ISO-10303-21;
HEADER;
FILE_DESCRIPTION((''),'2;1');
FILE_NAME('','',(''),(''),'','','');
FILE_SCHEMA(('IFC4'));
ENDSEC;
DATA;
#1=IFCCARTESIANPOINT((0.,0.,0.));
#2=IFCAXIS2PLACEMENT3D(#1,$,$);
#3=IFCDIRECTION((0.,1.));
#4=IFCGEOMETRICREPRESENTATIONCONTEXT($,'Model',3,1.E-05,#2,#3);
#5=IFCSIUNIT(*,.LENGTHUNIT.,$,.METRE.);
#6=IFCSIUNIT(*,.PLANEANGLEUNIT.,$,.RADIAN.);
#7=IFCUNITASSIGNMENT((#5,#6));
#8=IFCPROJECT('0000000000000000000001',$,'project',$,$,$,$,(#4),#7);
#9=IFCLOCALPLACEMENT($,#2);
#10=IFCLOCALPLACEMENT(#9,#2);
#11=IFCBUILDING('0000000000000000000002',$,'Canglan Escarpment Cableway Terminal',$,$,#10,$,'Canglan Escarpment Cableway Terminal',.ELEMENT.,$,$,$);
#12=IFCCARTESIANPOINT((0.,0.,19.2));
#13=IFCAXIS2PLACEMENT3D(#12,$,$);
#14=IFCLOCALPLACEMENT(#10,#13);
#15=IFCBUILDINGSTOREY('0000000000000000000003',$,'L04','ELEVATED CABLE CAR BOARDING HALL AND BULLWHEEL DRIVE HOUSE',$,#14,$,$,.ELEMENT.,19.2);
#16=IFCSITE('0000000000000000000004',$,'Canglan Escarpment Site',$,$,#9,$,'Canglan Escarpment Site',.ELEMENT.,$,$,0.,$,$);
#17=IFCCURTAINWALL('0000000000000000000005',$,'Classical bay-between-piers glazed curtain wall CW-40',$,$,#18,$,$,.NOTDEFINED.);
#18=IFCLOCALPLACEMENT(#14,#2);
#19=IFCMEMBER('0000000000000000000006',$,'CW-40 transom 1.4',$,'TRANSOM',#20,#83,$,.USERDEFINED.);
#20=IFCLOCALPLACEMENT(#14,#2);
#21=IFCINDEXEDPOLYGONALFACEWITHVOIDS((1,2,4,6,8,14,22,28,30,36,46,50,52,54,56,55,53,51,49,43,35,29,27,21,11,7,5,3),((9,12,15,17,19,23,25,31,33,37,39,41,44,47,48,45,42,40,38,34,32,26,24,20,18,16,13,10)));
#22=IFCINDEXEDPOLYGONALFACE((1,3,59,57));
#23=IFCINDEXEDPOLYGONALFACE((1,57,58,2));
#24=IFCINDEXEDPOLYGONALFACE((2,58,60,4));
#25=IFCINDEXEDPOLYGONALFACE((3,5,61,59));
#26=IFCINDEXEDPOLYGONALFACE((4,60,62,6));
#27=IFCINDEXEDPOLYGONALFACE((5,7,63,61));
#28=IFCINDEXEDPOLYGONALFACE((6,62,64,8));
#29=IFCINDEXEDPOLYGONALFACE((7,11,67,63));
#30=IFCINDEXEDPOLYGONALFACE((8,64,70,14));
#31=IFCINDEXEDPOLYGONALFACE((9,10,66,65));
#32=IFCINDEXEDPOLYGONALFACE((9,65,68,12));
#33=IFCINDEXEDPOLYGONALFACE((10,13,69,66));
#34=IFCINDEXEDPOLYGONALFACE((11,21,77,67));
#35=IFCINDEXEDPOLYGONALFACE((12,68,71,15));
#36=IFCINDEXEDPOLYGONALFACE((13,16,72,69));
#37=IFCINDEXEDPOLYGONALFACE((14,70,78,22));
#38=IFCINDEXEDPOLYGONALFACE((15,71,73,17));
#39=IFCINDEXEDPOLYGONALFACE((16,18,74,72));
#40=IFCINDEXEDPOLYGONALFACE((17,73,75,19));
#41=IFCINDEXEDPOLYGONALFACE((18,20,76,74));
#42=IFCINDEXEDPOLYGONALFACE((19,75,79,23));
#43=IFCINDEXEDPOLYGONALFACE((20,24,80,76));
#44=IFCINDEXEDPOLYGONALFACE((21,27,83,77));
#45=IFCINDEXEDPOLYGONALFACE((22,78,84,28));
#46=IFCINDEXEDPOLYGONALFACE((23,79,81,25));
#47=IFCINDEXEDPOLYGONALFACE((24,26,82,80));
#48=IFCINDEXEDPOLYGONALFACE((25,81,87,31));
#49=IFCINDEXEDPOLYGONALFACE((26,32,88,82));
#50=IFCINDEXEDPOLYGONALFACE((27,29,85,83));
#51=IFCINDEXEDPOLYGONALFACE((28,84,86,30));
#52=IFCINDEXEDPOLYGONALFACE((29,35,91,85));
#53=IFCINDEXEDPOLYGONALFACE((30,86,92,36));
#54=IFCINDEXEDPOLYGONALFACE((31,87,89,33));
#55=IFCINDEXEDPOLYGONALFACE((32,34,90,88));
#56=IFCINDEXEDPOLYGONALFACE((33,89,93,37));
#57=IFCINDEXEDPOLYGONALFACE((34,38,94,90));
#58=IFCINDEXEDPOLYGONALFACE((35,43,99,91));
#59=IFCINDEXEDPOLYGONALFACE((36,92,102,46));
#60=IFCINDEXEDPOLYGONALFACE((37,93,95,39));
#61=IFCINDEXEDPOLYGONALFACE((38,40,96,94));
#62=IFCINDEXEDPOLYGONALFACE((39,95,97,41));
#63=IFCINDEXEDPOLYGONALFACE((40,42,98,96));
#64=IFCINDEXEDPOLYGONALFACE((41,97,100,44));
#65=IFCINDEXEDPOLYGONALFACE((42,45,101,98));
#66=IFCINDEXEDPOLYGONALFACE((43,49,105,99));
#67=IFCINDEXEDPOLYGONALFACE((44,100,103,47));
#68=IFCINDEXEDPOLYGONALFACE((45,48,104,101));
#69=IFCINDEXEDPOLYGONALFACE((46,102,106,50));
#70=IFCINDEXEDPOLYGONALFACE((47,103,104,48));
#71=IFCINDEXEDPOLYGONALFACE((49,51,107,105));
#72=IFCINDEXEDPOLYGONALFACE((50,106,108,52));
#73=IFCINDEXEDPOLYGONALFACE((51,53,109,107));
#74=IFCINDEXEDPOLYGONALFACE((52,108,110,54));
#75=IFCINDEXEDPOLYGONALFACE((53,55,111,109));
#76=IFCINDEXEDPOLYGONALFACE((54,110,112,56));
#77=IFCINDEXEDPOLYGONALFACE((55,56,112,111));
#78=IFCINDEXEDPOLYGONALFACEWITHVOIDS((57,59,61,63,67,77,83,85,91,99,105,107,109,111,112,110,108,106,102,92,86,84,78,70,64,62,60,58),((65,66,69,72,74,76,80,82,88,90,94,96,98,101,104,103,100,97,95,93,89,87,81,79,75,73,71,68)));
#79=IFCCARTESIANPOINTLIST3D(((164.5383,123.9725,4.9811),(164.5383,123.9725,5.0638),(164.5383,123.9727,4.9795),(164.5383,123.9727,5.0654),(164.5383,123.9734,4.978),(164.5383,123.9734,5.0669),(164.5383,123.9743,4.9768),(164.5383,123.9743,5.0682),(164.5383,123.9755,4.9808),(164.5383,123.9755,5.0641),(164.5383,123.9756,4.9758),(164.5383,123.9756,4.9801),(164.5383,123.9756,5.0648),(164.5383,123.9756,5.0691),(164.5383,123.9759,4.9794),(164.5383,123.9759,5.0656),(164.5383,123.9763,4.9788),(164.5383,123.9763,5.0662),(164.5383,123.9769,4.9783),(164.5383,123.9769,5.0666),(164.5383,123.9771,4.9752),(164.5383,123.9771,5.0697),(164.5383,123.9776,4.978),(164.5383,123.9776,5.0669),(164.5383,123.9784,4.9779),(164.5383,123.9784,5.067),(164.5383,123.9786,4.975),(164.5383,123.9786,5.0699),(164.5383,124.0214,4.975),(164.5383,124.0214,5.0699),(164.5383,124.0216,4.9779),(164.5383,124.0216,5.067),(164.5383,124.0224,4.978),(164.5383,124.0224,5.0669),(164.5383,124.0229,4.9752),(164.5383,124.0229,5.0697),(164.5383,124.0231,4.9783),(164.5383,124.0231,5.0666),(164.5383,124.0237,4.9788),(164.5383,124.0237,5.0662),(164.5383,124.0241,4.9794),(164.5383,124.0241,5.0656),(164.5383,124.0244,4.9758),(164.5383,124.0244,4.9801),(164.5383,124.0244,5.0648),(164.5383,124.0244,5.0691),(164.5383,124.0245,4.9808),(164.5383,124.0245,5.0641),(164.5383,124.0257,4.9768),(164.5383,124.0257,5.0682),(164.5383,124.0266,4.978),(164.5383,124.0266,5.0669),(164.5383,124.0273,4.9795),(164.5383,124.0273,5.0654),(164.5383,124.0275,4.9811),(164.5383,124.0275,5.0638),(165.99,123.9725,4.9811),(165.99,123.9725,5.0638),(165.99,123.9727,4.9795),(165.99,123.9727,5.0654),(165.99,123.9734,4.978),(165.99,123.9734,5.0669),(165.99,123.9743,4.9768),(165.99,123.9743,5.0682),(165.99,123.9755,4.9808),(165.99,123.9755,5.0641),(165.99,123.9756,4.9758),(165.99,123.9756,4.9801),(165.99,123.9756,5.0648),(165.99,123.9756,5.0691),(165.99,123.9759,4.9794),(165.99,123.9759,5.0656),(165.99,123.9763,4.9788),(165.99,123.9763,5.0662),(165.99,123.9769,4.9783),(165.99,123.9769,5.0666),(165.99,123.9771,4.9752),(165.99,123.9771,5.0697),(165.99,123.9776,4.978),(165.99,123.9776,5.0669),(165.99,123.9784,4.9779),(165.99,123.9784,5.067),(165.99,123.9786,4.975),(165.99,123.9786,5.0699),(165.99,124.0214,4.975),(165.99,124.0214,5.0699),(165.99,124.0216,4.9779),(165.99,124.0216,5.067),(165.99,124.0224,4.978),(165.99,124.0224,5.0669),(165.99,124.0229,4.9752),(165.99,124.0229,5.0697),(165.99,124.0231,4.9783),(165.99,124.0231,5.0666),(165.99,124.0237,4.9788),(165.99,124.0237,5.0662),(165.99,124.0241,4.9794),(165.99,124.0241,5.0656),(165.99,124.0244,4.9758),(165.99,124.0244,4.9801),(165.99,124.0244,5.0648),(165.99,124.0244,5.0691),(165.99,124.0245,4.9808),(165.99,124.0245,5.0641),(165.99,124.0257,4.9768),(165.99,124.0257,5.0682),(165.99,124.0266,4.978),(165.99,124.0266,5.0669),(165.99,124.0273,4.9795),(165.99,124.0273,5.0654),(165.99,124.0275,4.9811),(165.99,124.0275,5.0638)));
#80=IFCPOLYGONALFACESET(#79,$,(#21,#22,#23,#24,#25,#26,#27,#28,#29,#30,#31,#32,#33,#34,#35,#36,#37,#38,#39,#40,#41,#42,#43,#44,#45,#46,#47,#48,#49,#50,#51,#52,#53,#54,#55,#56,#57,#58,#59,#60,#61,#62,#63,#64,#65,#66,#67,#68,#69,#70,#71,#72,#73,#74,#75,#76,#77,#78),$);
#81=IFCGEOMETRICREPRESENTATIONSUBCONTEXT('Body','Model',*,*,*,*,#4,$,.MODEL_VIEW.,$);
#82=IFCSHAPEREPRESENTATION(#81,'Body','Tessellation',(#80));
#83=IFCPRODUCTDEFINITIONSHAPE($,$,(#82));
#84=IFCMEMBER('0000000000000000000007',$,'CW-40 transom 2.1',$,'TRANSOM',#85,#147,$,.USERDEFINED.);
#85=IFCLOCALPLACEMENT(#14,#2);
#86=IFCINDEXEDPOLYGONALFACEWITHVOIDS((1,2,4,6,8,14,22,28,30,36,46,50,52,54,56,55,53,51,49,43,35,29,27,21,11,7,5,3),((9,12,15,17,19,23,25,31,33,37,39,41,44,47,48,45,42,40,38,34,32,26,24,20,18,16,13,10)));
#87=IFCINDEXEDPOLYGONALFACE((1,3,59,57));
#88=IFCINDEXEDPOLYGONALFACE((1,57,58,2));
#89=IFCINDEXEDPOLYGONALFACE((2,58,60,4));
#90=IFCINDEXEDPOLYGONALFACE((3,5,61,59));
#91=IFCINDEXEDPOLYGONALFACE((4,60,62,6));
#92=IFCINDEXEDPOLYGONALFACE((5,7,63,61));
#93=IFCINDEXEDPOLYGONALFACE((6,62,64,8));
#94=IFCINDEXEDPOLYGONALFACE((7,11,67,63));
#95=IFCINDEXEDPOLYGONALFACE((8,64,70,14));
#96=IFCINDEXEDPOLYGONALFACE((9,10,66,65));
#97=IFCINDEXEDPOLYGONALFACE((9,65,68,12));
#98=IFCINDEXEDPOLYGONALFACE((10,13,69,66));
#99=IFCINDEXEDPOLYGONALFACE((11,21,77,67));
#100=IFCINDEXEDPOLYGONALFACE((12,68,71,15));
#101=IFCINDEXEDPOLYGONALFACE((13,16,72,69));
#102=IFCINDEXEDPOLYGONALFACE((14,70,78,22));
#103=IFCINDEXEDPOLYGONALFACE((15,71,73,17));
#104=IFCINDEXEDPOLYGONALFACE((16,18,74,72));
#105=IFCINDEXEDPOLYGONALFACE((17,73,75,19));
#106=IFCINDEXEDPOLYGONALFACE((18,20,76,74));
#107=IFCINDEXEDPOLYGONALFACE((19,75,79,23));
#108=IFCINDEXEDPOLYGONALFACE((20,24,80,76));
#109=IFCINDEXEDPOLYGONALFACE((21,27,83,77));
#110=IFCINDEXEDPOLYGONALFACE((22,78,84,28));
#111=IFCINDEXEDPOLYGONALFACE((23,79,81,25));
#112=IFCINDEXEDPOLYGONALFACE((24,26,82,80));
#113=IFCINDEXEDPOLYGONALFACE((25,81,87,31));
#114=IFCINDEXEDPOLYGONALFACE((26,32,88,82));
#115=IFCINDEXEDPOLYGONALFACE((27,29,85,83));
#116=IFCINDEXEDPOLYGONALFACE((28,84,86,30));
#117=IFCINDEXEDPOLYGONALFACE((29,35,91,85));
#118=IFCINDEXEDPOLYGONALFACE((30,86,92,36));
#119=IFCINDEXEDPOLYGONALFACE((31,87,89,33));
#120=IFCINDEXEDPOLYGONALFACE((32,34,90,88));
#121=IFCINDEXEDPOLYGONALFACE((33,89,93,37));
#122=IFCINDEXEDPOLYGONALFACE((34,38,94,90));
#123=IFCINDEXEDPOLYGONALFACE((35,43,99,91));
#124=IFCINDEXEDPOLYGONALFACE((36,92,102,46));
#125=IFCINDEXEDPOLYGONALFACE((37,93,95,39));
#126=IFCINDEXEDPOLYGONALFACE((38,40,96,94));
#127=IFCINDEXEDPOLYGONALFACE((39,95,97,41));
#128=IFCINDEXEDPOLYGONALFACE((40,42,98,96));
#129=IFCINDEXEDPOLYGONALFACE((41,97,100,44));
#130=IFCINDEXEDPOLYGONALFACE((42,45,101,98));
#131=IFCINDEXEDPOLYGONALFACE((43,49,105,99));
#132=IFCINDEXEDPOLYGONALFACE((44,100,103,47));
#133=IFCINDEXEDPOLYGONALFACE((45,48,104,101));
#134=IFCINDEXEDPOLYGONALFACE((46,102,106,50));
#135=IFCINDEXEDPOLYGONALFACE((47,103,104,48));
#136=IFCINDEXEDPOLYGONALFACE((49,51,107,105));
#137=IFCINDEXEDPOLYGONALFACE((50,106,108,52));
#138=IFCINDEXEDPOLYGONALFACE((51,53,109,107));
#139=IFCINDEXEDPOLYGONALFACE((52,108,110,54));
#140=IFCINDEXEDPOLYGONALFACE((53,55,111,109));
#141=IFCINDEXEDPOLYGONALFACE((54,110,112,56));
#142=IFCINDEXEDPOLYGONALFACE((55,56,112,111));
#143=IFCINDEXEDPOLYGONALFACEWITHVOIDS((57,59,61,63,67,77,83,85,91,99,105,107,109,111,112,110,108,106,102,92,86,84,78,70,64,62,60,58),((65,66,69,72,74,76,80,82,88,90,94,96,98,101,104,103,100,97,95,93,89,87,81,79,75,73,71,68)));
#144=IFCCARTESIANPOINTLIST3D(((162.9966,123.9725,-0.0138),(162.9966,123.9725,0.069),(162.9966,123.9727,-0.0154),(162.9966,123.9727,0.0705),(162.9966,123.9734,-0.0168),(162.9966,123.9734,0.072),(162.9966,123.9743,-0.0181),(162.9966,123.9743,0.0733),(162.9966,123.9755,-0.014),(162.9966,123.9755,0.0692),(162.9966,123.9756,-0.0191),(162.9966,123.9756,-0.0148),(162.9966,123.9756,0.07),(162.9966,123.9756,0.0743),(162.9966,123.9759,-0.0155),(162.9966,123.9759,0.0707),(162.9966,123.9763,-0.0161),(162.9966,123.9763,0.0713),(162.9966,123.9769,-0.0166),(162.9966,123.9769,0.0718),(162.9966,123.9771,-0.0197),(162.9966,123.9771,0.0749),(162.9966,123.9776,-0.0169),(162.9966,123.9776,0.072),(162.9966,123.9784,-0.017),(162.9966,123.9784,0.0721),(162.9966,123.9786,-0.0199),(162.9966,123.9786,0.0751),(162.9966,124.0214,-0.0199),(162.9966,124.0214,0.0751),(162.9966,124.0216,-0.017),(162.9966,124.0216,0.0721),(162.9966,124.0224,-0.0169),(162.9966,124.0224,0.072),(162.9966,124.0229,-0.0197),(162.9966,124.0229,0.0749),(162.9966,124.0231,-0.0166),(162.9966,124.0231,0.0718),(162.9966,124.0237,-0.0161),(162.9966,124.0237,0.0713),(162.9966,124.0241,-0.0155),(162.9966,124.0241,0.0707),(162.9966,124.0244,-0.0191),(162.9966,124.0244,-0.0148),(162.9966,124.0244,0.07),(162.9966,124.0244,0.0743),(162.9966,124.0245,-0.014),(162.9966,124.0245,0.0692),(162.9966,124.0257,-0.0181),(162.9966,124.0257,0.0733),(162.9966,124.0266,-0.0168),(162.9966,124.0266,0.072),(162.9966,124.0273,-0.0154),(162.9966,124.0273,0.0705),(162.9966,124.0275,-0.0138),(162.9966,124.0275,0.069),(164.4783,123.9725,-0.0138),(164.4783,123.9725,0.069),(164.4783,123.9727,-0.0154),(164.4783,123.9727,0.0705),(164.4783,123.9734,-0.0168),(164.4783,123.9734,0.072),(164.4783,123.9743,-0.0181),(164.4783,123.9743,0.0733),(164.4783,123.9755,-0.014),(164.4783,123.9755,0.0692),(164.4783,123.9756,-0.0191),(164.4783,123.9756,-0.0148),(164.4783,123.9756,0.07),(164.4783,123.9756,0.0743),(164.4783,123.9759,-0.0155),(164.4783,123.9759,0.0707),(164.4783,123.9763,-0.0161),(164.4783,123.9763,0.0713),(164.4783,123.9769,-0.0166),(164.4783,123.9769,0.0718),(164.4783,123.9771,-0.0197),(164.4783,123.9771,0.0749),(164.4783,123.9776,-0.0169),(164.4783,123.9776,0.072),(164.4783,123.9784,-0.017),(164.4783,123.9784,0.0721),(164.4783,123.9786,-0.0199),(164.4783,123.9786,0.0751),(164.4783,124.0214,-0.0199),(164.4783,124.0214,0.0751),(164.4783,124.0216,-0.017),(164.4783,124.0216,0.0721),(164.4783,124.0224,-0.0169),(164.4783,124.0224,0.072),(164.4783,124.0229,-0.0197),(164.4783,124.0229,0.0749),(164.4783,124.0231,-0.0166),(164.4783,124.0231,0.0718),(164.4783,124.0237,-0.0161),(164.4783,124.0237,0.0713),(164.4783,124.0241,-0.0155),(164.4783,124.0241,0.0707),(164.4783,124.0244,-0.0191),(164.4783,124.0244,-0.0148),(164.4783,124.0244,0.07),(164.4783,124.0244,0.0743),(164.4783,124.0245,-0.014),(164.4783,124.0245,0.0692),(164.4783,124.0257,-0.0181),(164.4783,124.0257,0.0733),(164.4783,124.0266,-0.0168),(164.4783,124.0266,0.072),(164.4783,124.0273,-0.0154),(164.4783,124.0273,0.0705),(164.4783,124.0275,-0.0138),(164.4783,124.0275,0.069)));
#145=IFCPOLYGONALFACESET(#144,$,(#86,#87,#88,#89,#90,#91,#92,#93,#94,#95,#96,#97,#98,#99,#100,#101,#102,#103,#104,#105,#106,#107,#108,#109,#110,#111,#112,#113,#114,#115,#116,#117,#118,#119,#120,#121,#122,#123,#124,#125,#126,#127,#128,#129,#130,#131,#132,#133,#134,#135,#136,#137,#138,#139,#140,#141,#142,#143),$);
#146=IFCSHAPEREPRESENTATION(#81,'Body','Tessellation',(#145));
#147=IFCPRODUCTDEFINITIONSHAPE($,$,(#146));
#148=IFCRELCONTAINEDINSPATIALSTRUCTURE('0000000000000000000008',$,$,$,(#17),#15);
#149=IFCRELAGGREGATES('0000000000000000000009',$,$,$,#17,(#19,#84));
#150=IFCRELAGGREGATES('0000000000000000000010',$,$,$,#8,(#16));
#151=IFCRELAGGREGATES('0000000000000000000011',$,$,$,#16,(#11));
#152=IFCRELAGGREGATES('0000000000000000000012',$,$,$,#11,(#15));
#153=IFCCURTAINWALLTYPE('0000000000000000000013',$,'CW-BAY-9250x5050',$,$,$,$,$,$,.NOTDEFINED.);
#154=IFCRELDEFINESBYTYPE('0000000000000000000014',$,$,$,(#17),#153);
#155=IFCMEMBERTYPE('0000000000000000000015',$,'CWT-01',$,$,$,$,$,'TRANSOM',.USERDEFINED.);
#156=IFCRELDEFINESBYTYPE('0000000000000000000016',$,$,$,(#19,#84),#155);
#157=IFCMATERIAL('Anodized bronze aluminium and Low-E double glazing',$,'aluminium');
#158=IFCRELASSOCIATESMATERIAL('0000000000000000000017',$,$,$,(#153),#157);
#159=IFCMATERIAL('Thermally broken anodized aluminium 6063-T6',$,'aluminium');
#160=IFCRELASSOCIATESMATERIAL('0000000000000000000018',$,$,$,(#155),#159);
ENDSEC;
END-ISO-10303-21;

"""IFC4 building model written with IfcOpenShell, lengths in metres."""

from ifc_helpers import new_model, si_unit, direction, frame, origin, origin_2d, place, context, subcontext, project, spatial, hollow_rectangle, extrude, material, material_profile, profile_set, type_object, element, aggregate, save


model = new_model("IFC4")

# Units and contexts
model_context = context("Model", 3, precision=1e-05, world=origin(), true_north=direction((0.0, 1.0)))
body_context = subcontext(model_context, "Body", "Model", "MODEL_VIEW")
ifc_project = project(units=[si_unit("LENGTHUNIT", "METRE"), si_unit("PLANEANGLEUNIT", "RADIAN")], contexts=[model_context])

# Site, building, storey
site_placement = place(None, origin())
site = spatial("IfcSite", under=ifc_project, at=site_placement, Name="Canglan Escarpment Site", LongName="Canglan Escarpment Site", CompositionType="ELEMENT", RefElevation=0.0)
building_placement = place(site_placement, origin())
building = spatial("IfcBuilding", under=site, at=building_placement, Name="Canglan Escarpment Cableway Terminal", LongName="Canglan Escarpment Cableway Terminal", CompositionType="ELEMENT")
storey_placement = place(building_placement, frame((0.0, 0.0, 19.2)))
storey = spatial("IfcBuildingStorey", under=building, at=storey_placement, Name="L04", Description="ELEVATED CABLE CAR BOARDING HALL AND BULLWHEEL DRIVE HOUSE", CompositionType="ELEMENT", Elevation=19.2)

# Curtain wall
ifc_material_1 = material(Name="Anodized bronze aluminium and Low-E double glazing", Category="aluminium")
curtain_wall_type_1 = type_object("IfcCurtainWallType", Name="CW-BAY-9250x5050", PredefinedType="NOTDEFINED", material=ifc_material_1)
curtain_wall_1_placement = place(storey_placement, origin())
curtain_wall_1 = element("IfcCurtainWall", 1, at=curtain_wall_1_placement, inside=storey, type_object=curtain_wall_type_1, Name="Classical bay-between-piers glazed curtain wall CW-40", PredefinedType="NOTDEFINED")
ifc_material_2 = material(Name="Thermally broken anodized aluminium 6063-T6", Category="aluminium")

# Members
ifc_material_profile_1 = material_profile(ifc_material_2, hollow_rectangle(XDim=0.0549, YDim=0.095, WallThickness=0.0029, InnerFilletRadius=0.0029, OuterFilletRadius=0.0061, at=origin_2d()), Name="ALU-TRAN 55x95x3")
ifc_profile_set_1 = profile_set([ifc_material_profile_1], Name="Thermally broken anodized aluminium 6063-T6")
member_type_1 = type_object("IfcMemberType", Name="CWT-01", ElementType="TRANSOM", PredefinedType="USERDEFINED", material=ifc_profile_set_1)
member_1_placement = place(storey_placement, frame((165.99, 124.0, 5.0225), z_axis=(-1.0, 0.0, 0.0), x_axis=(0.0, -1.0, 0.0)))
member_1 = element("IfcMember", 2, at=member_1_placement, type_object=member_type_1, Name="CW-40 transom 1.4", ObjectType="TRANSOM", PredefinedType="USERDEFINED", context=body_context, shape_type="SweptSolid", body=[
    extrude(hollow_rectangle(XDim=0.0549, YDim=0.095, WallThickness=0.0029, InnerFilletRadius=0.0029, OuterFilletRadius=0.0061, at=origin_2d()), origin(), (0.0, 0.0, 1.0), 1.4517),
])
member_2_placement = place(storey_placement, frame((164.4783, 124.0, 0.0276), z_axis=(-1.0, 0.0, 0.0), x_axis=(0.0, -1.0, 0.0)))
member_2 = element("IfcMember", 3, at=member_2_placement, type_object=member_type_1, Name="CW-40 transom 2.1", ObjectType="TRANSOM", PredefinedType="USERDEFINED", context=body_context, shape_type="SweptSolid", body=[
    extrude(hollow_rectangle(XDim=0.0549, YDim=0.095, WallThickness=0.0029, InnerFilletRadius=0.0029, OuterFilletRadius=0.0061, at=origin_2d()), origin(), (0.0, 0.0, 1.0), 1.4817),
])

aggregate(curtain_wall_1, [member_1, member_2])

save(model, "model.ifc")
